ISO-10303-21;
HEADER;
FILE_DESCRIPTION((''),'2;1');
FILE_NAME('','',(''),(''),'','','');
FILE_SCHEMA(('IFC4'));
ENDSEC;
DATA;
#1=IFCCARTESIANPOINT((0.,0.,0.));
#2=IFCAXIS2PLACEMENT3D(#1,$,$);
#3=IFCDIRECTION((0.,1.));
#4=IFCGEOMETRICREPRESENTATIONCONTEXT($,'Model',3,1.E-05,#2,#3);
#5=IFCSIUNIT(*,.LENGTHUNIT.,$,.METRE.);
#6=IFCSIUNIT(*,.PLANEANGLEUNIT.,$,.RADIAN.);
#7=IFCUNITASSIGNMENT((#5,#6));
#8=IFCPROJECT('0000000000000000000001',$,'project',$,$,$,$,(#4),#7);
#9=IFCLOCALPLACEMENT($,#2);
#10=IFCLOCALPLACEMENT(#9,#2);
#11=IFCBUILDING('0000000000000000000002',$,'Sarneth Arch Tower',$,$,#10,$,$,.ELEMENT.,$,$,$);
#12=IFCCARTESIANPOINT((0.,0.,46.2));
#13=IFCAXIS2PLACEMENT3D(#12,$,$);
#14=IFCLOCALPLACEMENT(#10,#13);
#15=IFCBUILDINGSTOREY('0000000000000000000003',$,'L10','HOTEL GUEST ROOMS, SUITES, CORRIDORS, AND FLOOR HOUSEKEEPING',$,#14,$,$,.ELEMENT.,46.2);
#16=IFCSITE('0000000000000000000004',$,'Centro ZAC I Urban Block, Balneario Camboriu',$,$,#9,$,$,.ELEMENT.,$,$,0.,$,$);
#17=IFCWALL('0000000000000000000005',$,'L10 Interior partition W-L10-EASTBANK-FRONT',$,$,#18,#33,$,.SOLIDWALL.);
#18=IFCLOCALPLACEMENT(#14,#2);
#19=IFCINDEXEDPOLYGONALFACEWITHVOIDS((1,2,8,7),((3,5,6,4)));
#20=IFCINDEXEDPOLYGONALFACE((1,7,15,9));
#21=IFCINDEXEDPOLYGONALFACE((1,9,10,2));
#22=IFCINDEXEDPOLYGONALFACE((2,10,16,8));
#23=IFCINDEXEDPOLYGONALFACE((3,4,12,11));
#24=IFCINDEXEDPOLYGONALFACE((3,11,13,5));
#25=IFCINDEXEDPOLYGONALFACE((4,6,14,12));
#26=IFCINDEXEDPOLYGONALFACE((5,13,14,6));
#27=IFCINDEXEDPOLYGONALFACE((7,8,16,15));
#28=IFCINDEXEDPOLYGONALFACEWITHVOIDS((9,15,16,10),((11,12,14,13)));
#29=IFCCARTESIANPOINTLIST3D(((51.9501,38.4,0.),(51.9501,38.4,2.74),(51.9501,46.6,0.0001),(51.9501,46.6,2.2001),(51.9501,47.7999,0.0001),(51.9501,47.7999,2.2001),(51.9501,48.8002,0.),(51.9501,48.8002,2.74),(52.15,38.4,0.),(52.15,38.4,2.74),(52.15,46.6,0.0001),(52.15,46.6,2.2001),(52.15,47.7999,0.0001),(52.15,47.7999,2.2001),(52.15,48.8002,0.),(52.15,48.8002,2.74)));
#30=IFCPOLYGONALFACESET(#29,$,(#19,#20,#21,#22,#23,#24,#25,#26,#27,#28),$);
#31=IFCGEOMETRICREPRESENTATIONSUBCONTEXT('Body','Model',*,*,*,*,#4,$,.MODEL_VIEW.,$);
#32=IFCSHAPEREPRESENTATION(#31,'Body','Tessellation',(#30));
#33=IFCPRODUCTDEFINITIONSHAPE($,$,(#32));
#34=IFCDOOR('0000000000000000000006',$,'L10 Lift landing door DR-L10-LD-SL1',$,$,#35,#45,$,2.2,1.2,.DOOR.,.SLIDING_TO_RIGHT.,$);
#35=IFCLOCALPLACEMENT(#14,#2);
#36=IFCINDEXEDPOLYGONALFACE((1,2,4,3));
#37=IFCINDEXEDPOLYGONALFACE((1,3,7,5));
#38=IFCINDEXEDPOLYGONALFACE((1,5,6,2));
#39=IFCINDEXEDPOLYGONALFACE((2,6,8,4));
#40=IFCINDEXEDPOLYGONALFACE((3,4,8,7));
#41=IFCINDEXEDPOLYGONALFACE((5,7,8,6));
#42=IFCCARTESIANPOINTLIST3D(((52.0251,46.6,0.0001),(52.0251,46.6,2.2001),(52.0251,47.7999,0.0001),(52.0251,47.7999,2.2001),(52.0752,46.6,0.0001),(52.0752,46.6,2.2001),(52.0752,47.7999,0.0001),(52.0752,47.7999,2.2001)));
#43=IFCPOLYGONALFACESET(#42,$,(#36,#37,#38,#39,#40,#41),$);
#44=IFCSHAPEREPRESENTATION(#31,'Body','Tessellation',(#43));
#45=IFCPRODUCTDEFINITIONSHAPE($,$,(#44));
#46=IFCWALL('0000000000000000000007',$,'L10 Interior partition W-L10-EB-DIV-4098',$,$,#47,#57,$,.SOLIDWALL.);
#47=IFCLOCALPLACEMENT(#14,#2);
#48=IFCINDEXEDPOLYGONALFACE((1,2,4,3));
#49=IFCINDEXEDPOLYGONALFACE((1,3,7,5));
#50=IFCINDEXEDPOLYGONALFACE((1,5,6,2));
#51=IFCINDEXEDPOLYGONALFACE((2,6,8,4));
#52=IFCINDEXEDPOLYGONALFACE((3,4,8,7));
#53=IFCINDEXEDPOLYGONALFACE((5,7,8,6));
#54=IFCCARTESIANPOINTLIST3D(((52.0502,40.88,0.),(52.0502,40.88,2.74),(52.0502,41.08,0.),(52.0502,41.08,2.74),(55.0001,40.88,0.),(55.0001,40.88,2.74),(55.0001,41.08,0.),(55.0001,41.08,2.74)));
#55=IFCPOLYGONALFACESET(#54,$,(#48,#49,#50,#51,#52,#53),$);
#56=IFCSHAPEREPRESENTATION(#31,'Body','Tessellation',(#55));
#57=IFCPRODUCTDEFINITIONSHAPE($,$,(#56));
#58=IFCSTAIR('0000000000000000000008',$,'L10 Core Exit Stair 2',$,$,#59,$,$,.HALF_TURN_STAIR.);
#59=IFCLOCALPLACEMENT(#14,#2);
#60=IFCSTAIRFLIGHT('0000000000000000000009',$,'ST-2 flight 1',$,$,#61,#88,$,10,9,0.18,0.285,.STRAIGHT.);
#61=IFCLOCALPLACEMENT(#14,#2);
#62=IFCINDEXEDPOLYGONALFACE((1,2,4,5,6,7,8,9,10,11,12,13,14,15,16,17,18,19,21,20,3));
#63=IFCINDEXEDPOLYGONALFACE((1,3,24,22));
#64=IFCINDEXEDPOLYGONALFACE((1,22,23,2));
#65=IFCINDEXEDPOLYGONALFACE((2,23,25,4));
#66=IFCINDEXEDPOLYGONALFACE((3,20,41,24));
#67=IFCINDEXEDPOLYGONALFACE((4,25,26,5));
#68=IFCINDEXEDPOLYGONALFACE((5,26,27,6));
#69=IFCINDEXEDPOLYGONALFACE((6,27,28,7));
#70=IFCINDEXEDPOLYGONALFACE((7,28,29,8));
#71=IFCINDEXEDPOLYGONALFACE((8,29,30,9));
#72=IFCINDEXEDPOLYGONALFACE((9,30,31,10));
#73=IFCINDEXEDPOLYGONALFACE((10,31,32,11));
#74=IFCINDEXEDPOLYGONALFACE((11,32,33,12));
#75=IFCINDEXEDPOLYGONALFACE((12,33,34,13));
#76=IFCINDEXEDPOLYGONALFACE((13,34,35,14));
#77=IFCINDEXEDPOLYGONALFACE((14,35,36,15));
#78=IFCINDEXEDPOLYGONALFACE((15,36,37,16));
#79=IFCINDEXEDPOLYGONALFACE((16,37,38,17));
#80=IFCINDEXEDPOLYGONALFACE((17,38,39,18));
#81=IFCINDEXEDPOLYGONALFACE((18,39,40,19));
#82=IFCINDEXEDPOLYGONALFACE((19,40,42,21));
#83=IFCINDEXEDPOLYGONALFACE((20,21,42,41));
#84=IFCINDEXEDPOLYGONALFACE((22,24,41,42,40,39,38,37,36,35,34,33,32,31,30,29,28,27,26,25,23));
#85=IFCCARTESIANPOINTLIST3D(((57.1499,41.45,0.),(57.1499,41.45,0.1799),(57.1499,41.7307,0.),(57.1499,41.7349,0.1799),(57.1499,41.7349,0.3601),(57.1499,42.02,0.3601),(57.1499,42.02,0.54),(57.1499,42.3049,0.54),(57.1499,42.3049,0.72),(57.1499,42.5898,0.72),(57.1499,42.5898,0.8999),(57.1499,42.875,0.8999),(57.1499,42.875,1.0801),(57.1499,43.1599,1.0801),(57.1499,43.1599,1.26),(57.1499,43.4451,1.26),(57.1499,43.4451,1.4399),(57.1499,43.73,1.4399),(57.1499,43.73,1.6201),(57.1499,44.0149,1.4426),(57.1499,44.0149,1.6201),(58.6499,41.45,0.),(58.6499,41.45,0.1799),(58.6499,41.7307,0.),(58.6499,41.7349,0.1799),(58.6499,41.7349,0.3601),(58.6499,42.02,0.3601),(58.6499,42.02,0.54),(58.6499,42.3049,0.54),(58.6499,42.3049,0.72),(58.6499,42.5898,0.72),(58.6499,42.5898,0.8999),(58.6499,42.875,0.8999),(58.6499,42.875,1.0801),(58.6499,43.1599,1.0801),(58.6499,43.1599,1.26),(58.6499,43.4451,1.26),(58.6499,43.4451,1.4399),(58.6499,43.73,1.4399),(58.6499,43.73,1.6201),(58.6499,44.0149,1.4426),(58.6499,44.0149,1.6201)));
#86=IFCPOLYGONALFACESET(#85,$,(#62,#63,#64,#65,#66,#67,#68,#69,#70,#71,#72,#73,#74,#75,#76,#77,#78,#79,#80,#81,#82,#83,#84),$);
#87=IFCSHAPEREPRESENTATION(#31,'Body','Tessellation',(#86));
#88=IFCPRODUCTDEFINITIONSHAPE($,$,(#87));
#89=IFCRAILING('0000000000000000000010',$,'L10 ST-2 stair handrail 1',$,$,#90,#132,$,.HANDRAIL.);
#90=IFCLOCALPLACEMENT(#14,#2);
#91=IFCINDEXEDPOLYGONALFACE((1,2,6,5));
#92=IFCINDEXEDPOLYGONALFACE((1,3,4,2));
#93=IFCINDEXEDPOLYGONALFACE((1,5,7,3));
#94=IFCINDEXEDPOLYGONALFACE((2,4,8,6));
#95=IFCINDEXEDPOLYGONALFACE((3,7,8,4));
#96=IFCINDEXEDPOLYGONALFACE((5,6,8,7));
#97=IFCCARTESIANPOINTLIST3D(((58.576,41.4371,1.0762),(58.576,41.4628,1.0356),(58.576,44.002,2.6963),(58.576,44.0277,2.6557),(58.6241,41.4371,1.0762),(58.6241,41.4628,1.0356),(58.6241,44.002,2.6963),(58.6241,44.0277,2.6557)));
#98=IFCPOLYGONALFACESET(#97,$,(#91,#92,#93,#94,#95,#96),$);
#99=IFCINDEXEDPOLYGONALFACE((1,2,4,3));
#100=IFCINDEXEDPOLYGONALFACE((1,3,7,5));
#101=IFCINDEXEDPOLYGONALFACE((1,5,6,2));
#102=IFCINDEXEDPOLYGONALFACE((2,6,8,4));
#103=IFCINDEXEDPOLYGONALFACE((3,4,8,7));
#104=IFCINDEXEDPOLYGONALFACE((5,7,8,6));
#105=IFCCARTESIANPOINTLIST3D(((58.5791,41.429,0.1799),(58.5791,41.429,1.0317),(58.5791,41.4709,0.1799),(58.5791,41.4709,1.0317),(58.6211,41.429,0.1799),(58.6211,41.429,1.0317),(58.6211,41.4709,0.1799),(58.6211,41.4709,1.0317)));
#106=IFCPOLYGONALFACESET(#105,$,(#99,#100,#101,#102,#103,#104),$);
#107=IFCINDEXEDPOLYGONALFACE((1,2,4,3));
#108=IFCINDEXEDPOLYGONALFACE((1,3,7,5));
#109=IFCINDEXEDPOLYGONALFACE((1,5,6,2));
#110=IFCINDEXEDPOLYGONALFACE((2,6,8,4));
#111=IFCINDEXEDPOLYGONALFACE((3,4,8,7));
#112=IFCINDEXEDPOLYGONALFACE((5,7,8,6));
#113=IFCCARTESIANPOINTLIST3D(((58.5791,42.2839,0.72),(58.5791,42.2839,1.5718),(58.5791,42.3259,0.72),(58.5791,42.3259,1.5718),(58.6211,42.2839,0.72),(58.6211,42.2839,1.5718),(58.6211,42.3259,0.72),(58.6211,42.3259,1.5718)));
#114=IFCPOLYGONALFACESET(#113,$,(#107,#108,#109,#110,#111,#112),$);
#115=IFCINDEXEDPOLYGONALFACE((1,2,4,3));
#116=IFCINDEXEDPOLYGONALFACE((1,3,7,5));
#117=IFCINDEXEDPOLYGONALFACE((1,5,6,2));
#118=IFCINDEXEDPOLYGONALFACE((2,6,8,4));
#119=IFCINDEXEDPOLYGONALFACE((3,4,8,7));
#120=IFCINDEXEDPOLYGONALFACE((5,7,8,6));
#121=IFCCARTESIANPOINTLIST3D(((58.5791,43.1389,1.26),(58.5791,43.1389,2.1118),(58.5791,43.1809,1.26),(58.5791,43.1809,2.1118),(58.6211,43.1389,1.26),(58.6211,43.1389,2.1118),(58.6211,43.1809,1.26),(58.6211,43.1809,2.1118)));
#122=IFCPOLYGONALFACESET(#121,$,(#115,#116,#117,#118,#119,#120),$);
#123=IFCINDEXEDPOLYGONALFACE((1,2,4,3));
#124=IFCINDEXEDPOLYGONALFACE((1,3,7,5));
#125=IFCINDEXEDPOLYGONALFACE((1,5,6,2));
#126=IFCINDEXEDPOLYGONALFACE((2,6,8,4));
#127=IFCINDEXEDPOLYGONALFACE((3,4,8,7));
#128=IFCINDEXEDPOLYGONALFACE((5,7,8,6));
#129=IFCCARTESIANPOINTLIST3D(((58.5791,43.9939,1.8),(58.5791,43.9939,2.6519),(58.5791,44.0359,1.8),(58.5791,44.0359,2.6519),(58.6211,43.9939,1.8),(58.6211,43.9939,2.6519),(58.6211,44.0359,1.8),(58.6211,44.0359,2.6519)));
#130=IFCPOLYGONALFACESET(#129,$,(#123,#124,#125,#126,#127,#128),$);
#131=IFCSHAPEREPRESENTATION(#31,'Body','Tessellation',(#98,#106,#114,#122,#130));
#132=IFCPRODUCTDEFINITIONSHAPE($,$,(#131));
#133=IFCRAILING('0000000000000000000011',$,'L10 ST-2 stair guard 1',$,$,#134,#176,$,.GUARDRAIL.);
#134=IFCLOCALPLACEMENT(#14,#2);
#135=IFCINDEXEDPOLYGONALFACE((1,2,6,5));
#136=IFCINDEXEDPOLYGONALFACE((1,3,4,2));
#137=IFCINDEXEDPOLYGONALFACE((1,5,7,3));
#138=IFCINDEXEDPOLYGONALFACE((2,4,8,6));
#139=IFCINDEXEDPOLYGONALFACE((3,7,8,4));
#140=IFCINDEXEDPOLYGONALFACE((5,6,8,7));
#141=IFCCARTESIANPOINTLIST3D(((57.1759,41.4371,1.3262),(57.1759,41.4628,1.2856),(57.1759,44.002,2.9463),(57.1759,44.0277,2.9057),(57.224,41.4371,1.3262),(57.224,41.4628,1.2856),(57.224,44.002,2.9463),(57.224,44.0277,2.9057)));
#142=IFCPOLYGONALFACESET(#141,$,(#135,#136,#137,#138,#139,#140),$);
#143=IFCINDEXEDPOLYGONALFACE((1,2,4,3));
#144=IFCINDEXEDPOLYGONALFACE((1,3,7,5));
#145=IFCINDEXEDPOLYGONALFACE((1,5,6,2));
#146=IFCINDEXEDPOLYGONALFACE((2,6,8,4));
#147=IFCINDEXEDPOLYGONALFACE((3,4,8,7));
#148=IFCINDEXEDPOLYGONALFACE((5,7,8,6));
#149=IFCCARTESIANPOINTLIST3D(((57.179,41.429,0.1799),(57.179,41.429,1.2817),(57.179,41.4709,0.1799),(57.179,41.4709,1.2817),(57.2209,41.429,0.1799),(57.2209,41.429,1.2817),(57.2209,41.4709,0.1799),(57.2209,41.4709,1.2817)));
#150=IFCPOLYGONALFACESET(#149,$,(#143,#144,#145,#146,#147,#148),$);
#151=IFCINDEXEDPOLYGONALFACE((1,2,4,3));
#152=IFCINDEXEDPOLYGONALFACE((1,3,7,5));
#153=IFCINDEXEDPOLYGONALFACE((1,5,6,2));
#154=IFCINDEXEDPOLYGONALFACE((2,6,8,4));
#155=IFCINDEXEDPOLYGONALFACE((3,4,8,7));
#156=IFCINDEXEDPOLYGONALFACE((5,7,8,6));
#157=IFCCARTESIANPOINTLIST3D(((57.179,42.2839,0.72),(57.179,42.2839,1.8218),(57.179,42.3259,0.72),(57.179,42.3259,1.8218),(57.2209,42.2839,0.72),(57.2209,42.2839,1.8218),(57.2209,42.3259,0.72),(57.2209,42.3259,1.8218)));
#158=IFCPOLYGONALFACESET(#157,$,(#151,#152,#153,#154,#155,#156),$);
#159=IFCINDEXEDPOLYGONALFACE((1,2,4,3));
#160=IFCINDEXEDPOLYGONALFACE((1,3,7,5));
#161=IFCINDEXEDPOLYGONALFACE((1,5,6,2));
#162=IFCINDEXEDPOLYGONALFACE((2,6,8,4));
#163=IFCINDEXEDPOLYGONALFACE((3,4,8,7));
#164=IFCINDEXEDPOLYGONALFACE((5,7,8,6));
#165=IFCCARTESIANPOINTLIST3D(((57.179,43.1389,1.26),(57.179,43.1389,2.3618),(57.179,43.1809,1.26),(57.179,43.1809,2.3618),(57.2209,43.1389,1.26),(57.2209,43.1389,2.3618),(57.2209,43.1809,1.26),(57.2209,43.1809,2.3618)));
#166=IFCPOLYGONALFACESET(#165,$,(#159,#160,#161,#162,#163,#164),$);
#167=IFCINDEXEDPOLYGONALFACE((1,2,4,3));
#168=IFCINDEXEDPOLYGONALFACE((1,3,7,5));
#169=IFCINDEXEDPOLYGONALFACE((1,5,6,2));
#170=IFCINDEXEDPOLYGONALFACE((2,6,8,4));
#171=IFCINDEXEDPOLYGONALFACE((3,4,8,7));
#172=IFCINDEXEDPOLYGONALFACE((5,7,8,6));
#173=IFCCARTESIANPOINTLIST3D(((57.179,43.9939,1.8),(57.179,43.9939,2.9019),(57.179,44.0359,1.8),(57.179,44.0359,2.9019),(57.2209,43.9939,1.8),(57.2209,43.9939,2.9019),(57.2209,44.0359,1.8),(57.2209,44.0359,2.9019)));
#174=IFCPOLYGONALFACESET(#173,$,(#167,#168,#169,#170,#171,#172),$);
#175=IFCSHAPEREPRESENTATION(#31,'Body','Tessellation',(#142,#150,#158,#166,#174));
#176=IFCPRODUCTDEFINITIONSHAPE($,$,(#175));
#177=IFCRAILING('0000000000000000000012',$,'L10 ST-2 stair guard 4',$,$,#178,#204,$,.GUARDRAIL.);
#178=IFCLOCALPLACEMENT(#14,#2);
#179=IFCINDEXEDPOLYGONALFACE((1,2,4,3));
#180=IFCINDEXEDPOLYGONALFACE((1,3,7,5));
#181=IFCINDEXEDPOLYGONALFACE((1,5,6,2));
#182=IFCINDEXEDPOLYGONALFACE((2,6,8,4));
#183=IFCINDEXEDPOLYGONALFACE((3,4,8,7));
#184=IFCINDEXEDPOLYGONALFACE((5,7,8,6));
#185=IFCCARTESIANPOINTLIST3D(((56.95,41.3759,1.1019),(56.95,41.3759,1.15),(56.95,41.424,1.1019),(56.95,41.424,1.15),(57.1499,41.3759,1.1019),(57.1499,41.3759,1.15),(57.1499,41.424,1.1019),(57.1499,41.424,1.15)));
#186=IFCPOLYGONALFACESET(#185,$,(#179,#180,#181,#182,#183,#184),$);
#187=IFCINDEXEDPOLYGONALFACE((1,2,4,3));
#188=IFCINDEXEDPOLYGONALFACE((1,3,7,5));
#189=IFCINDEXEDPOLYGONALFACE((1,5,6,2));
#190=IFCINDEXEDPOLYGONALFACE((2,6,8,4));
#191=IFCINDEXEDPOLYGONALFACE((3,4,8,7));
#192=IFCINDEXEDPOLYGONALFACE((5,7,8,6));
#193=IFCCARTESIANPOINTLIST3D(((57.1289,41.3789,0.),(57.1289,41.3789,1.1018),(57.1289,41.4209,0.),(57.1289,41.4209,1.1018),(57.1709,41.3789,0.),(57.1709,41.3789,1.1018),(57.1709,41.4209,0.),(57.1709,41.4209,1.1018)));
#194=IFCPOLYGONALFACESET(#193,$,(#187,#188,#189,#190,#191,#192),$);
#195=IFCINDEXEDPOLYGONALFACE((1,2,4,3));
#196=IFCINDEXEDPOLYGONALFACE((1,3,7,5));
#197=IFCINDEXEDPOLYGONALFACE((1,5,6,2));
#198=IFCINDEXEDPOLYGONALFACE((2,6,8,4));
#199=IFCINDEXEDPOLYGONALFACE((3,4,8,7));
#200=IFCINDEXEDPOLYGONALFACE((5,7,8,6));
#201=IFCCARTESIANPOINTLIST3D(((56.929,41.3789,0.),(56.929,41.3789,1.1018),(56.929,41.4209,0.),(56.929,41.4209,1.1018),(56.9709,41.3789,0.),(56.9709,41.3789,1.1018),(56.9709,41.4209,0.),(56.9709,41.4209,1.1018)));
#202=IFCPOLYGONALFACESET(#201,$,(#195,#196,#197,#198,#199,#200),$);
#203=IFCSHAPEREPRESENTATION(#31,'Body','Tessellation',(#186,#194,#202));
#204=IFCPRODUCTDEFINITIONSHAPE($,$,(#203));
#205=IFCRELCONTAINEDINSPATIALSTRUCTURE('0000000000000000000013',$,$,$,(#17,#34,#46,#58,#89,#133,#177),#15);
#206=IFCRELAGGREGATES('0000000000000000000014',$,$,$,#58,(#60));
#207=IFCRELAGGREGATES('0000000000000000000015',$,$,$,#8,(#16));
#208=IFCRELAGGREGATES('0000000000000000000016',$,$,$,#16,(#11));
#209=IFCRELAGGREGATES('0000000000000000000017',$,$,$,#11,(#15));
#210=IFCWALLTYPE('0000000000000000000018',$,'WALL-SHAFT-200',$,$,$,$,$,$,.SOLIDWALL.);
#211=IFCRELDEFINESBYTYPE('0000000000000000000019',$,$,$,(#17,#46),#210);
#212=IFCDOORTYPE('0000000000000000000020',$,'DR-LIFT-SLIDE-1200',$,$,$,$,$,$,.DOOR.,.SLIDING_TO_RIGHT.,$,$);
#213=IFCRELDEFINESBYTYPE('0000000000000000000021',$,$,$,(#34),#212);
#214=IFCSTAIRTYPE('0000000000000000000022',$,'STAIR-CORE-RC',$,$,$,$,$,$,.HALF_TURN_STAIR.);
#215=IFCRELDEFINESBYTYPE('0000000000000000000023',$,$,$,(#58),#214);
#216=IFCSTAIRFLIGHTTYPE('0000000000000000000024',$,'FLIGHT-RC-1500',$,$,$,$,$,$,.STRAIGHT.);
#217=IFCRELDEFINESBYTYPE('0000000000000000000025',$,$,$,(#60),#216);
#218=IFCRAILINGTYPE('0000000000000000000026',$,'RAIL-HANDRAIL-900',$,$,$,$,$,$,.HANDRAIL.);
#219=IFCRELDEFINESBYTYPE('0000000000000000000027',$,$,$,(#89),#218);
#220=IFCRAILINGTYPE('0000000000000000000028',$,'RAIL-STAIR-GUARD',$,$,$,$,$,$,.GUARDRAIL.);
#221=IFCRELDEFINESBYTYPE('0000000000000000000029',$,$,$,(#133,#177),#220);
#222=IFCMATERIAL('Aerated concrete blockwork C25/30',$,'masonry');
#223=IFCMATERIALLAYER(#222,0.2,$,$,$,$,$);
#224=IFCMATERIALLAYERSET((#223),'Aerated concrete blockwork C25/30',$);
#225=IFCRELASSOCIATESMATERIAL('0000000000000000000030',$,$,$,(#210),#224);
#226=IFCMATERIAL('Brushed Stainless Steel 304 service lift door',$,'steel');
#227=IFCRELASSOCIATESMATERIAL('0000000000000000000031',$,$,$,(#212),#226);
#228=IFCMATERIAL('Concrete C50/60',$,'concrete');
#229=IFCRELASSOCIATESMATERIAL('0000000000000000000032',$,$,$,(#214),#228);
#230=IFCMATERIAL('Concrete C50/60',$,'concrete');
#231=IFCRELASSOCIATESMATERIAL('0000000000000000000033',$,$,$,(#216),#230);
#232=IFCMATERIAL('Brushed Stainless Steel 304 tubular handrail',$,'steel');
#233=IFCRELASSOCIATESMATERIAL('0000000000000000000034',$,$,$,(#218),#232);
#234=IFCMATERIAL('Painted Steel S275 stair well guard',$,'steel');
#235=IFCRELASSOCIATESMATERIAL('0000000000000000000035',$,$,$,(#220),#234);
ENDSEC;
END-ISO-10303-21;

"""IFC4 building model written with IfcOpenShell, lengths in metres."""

from ifc_helpers import new_model, si_unit, direction, frame, frame_2d, origin, origin_2d, place, context, subcontext, project, spatial, polyline, rectangle, outline, extrude, material, layer, layer_set, type_object, element, fill, aggregate, save


model = new_model("IFC4")

# Units and contexts
model_context = context("Model", 3, precision=1e-05, world=origin(), true_north=direction((0.0, 1.0)))
body_context = subcontext(model_context, "Body", "Model", "MODEL_VIEW")
ifc_project = project(units=[si_unit("LENGTHUNIT", "METRE"), si_unit("PLANEANGLEUNIT", "RADIAN")], contexts=[model_context])

# Site, building, storey
site_placement = place(None, origin())
site = spatial("IfcSite", under=ifc_project, at=site_placement, Name="Centro ZAC I Urban Block, Balneario Camboriu", CompositionType="ELEMENT", RefElevation=0.0)
building_placement = place(site_placement, origin())
building = spatial("IfcBuilding", under=site, at=building_placement, Name="Sarneth Arch Tower", CompositionType="ELEMENT")
storey_placement = place(building_placement, frame((0.0, 0.0, 46.2)))
storey = spatial("IfcBuildingStorey", under=building, at=storey_placement, Name="L10", Description="HOTEL GUEST ROOMS, SUITES, CORRIDORS, AND FLOOR HOUSEKEEPING", CompositionType="ELEMENT", Elevation=46.2)

# Shared definitions
ifc_material_1 = material(Name="Aerated concrete blockwork C25/30", Category="masonry")
ifc_layer_1 = layer(ifc_material_1, 0.2)
ifc_layer_set_1 = layer_set([ifc_layer_1], Name="Aerated concrete blockwork C25/30")
wall_type_1 = type_object("IfcWallType", Name="WALL-SHAFT-200", PredefinedType="SOLIDWALL", material=ifc_layer_set_1)

# Wall, opening, door
wall_1_placement = place(storey_placement, frame((52.05, 38.3999, 0.0), z_axis=(0.0, 0.0, 1.0), x_axis=(0.0, 1.0, 0.0)))
wall_1 = element("IfcWall", 1, at=wall_1_placement, inside=storey, type_object=wall_type_1, Name="L10 Interior partition W-L10-EASTBANK-FRONT", PredefinedType="SOLIDWALL", context=body_context, shape_type="SweptSolid", body=[
    extrude(rectangle(XDim=10.4001, YDim=0.2, at=frame_2d((5.2002, 0.0))), origin(), (0.0, 0.0, 1.0), 2.74),
])
opening_1_placement = place(wall_1_placement, frame((8.2, 0.0, 0.0)))
opening_1 = element("IfcOpeningElement", 2, at=opening_1_placement, cuts=wall_1, PredefinedType="OPENING", context=body_context, shape_type="SweptSolid", body=[
    extrude(rectangle(XDim=1.2, YDim=2.2, at=frame_2d((0.6001, 1.1001))), frame((0.0, 0.1099, 0.0), z_axis=(0.0, -1.0, 0.0), x_axis=(1.0, 0.0, 0.0)), (0.0, 0.0, 1.0), 0.22),
])
ifc_material_2 = material(Name="Brushed Stainless Steel 304 service lift door", Category="steel")
door_type_1 = type_object("IfcDoorType", Name="DR-LIFT-SLIDE-1200", OperationType="SLIDING_TO_RIGHT", PredefinedType="DOOR", material=ifc_material_2)
door_1_placement = place(opening_1_placement, origin())
door_1 = element("IfcDoor", 3, at=door_1_placement, inside=storey, type_object=door_type_1, Name="L10 Lift landing door DR-L10-LD-SL1", OperationType="SLIDING_TO_RIGHT", OverallHeight=2.2, OverallWidth=1.2, PredefinedType="DOOR", context=body_context, shape_type="SweptSolid", body=[
    extrude(rectangle(XDim=1.2, YDim=2.2, at=frame_2d((0.6001, 1.1001))), frame((0.0, 0.0249, 0.0), z_axis=(0.0, -1.0, 0.0), x_axis=(1.0, 0.0, 0.0)), (0.0, 0.0, 1.0), 0.05),
])
fill(opening_1, door_1)

# Wall
wall_2_placement = place(storey_placement, frame((52.05, 40.98, 0.0), z_axis=(0.0, 0.0, 1.0), x_axis=(1.0, 0.0, 0.0)))
element("IfcWall", 4, at=wall_2_placement, inside=storey, type_object=wall_type_1, Name="L10 Interior partition W-L10-EB-DIV-4098", PredefinedType="SOLIDWALL", context=body_context, shape_type="SweptSolid", body=[
    extrude(rectangle(XDim=2.95, YDim=0.2, at=frame_2d((1.4751, 0.0))), origin(), (0.0, 0.0, 1.0), 2.74),
])

# Stair, stair flight
ifc_material_3 = material(Name="Concrete C50/60", Category="concrete")
stair_type = type_object("IfcStairType", Name="STAIR-CORE-RC", PredefinedType="HALF_TURN_STAIR", material=ifc_material_3)
stair_placement = place(storey_placement, origin())
stair = element("IfcStair", 5, at=stair_placement, inside=storey, type_object=stair_type, Name="L10 Core Exit Stair 2", PredefinedType="HALF_TURN_STAIR")
ifc_material_4 = material(Name="Concrete C50/60", Category="concrete")
stair_flight_type = type_object("IfcStairFlightType", Name="FLIGHT-RC-1500", PredefinedType="STRAIGHT", material=ifc_material_4)
stair_flight_placement = place(storey_placement, frame((57.8999, 41.45, 0.0), z_axis=(0.0, 0.0, 1.0), x_axis=(0.0, 1.0, 0.0)))
stair_flight = element("IfcStairFlight", 6, at=stair_flight_placement, type_object=stair_flight_type, Name="ST-2 flight 1", NumberOfRisers=10, NumberOfTreads=9, PredefinedType="STRAIGHT", RiserHeight=0.18, TreadLength=0.285, context=body_context, shape_type="SweptSolid", body=[
    extrude(outline(polyline([(0.0, 0.0), (0.0, 0.1799), (0.2849, 0.1799), (0.2849, 0.3601), (0.5701, 0.3601), (0.5701, 0.54), (0.855, 0.54), (0.855, 0.72), (1.1399, 0.72), (1.1399, 0.8999), (1.425, 0.8999), (1.425, 1.0801), (1.71, 1.0801), (1.71, 1.26), (1.9951, 1.26), (1.9951, 1.4399), (2.28, 1.4399), (2.28, 1.6201), (2.5649, 1.6201), (2.5649, 1.8), (2.5649, 1.4426), (0.2808, 0.0), (0.0, 0.0)])), frame((0.0, 0.75, 0.0), z_axis=(0.0, -1.0, 0.0), x_axis=(1.0, 0.0, 0.0)), (0.0, 0.0, 1.0), 1.5),
])
aggregate(stair, [stair_flight])

# Railings
ifc_material_5 = material(Name="Brushed Stainless Steel 304 tubular handrail", Category="steel")
railing_type_1 = type_object("IfcRailingType", Name="RAIL-HANDRAIL-900", PredefinedType="HANDRAIL", material=ifc_material_5)
railing_1_placement = place(storey_placement, frame((58.6001, 41.45, 0.1799)))
element("IfcRailing", 7, at=railing_1_placement, inside=storey, type_object=railing_type_1, Name="L10 ST-2 stair handrail 1", PredefinedType="HANDRAIL", context=body_context, shape_type="SweptSolid", body=[
    extrude(rectangle(XDim=0.0481, YDim=0.0481, at=origin_2d()), frame((0.0, 0.0, 0.876), z_axis=(0.0, 0.845466, 0.534029), x_axis=(-1.0, 0.0, 0.0)), (0.0, 0.0, 1.0), 3.0337),
    extrude(rectangle(XDim=0.042, YDim=0.042, at=origin_2d()), origin(), (0.0, 0.0, 1.0), 0.8518),
    extrude(rectangle(XDim=0.042, YDim=0.042, at=origin_2d()), frame((0.0, 0.855, 0.54)), (0.0, 0.0, 1.0), 0.8518),
    extrude(rectangle(XDim=0.042, YDim=0.042, at=origin_2d()), frame((0.0, 1.71, 1.0801)), (0.0, 0.0, 1.0), 0.8518),
    extrude(rectangle(XDim=0.042, YDim=0.042, at=origin_2d()), frame((0.0, 2.5649, 1.6201)), (0.0, 0.0, 1.0), 0.8518),
])
ifc_material_6 = material(Name="Painted Steel S275 stair well guard", Category="steel")
railing_type_2 = type_object("IfcRailingType", Name="RAIL-STAIR-GUARD", PredefinedType="GUARDRAIL", material=ifc_material_6)
railing_2_placement = place(storey_placement, frame((57.2, 41.45, 0.1799)))
element("IfcRailing", 8, at=railing_2_placement, inside=storey, type_object=railing_type_2, Name="L10 ST-2 stair guard 1", PredefinedType="GUARDRAIL", context=body_context, shape_type="SweptSolid", body=[
    extrude(rectangle(XDim=0.0481, YDim=0.0481, at=origin_2d()), frame((0.0, 0.0, 1.126), z_axis=(0.0, 0.845466, 0.534029), x_axis=(-1.0, 0.0, 0.0)), (0.0, 0.0, 1.0), 3.0337),
    extrude(rectangle(XDim=0.042, YDim=0.042, at=origin_2d()), origin(), (0.0, 0.0, 1.0), 1.1018),
    extrude(rectangle(XDim=0.042, YDim=0.042, at=origin_2d()), frame((0.0, 0.855, 0.54)), (0.0, 0.0, 1.0), 1.1018),
    extrude(rectangle(XDim=0.042, YDim=0.042, at=origin_2d()), frame((0.0, 1.71, 1.0801)), (0.0, 0.0, 1.0), 1.1018),
    extrude(rectangle(XDim=0.042, YDim=0.042, at=origin_2d()), frame((0.0, 2.5649, 1.6201)), (0.0, 0.0, 1.0), 1.1018),
])
railing_3_placement = place(storey_placement, frame((57.1499, 41.3999, 0.0)))
element("IfcRailing", 9, at=railing_3_placement, inside=storey, type_object=railing_type_2, Name="L10 ST-2 stair guard 4", PredefinedType="GUARDRAIL", context=body_context, shape_type="SweptSolid", body=[
    extrude(rectangle(XDim=0.0481, YDim=0.0481, at=origin_2d()), frame((0.0, 0.0, 1.126), z_axis=(-1.0, 0.0, 0.0), x_axis=(0.0, -1.0, 0.0)), (0.0, 0.0, 1.0), 0.2),
    extrude(rectangle(XDim=0.042, YDim=0.042, at=origin_2d()), origin(), (0.0, 0.0, 1.0), 1.1018),
    extrude(rectangle(XDim=0.042, YDim=0.042, at=origin_2d()), frame((-0.2, 0.0, 0.0)), (0.0, 0.0, 1.0), 1.1018),
])

save(model, "model.ifc")
